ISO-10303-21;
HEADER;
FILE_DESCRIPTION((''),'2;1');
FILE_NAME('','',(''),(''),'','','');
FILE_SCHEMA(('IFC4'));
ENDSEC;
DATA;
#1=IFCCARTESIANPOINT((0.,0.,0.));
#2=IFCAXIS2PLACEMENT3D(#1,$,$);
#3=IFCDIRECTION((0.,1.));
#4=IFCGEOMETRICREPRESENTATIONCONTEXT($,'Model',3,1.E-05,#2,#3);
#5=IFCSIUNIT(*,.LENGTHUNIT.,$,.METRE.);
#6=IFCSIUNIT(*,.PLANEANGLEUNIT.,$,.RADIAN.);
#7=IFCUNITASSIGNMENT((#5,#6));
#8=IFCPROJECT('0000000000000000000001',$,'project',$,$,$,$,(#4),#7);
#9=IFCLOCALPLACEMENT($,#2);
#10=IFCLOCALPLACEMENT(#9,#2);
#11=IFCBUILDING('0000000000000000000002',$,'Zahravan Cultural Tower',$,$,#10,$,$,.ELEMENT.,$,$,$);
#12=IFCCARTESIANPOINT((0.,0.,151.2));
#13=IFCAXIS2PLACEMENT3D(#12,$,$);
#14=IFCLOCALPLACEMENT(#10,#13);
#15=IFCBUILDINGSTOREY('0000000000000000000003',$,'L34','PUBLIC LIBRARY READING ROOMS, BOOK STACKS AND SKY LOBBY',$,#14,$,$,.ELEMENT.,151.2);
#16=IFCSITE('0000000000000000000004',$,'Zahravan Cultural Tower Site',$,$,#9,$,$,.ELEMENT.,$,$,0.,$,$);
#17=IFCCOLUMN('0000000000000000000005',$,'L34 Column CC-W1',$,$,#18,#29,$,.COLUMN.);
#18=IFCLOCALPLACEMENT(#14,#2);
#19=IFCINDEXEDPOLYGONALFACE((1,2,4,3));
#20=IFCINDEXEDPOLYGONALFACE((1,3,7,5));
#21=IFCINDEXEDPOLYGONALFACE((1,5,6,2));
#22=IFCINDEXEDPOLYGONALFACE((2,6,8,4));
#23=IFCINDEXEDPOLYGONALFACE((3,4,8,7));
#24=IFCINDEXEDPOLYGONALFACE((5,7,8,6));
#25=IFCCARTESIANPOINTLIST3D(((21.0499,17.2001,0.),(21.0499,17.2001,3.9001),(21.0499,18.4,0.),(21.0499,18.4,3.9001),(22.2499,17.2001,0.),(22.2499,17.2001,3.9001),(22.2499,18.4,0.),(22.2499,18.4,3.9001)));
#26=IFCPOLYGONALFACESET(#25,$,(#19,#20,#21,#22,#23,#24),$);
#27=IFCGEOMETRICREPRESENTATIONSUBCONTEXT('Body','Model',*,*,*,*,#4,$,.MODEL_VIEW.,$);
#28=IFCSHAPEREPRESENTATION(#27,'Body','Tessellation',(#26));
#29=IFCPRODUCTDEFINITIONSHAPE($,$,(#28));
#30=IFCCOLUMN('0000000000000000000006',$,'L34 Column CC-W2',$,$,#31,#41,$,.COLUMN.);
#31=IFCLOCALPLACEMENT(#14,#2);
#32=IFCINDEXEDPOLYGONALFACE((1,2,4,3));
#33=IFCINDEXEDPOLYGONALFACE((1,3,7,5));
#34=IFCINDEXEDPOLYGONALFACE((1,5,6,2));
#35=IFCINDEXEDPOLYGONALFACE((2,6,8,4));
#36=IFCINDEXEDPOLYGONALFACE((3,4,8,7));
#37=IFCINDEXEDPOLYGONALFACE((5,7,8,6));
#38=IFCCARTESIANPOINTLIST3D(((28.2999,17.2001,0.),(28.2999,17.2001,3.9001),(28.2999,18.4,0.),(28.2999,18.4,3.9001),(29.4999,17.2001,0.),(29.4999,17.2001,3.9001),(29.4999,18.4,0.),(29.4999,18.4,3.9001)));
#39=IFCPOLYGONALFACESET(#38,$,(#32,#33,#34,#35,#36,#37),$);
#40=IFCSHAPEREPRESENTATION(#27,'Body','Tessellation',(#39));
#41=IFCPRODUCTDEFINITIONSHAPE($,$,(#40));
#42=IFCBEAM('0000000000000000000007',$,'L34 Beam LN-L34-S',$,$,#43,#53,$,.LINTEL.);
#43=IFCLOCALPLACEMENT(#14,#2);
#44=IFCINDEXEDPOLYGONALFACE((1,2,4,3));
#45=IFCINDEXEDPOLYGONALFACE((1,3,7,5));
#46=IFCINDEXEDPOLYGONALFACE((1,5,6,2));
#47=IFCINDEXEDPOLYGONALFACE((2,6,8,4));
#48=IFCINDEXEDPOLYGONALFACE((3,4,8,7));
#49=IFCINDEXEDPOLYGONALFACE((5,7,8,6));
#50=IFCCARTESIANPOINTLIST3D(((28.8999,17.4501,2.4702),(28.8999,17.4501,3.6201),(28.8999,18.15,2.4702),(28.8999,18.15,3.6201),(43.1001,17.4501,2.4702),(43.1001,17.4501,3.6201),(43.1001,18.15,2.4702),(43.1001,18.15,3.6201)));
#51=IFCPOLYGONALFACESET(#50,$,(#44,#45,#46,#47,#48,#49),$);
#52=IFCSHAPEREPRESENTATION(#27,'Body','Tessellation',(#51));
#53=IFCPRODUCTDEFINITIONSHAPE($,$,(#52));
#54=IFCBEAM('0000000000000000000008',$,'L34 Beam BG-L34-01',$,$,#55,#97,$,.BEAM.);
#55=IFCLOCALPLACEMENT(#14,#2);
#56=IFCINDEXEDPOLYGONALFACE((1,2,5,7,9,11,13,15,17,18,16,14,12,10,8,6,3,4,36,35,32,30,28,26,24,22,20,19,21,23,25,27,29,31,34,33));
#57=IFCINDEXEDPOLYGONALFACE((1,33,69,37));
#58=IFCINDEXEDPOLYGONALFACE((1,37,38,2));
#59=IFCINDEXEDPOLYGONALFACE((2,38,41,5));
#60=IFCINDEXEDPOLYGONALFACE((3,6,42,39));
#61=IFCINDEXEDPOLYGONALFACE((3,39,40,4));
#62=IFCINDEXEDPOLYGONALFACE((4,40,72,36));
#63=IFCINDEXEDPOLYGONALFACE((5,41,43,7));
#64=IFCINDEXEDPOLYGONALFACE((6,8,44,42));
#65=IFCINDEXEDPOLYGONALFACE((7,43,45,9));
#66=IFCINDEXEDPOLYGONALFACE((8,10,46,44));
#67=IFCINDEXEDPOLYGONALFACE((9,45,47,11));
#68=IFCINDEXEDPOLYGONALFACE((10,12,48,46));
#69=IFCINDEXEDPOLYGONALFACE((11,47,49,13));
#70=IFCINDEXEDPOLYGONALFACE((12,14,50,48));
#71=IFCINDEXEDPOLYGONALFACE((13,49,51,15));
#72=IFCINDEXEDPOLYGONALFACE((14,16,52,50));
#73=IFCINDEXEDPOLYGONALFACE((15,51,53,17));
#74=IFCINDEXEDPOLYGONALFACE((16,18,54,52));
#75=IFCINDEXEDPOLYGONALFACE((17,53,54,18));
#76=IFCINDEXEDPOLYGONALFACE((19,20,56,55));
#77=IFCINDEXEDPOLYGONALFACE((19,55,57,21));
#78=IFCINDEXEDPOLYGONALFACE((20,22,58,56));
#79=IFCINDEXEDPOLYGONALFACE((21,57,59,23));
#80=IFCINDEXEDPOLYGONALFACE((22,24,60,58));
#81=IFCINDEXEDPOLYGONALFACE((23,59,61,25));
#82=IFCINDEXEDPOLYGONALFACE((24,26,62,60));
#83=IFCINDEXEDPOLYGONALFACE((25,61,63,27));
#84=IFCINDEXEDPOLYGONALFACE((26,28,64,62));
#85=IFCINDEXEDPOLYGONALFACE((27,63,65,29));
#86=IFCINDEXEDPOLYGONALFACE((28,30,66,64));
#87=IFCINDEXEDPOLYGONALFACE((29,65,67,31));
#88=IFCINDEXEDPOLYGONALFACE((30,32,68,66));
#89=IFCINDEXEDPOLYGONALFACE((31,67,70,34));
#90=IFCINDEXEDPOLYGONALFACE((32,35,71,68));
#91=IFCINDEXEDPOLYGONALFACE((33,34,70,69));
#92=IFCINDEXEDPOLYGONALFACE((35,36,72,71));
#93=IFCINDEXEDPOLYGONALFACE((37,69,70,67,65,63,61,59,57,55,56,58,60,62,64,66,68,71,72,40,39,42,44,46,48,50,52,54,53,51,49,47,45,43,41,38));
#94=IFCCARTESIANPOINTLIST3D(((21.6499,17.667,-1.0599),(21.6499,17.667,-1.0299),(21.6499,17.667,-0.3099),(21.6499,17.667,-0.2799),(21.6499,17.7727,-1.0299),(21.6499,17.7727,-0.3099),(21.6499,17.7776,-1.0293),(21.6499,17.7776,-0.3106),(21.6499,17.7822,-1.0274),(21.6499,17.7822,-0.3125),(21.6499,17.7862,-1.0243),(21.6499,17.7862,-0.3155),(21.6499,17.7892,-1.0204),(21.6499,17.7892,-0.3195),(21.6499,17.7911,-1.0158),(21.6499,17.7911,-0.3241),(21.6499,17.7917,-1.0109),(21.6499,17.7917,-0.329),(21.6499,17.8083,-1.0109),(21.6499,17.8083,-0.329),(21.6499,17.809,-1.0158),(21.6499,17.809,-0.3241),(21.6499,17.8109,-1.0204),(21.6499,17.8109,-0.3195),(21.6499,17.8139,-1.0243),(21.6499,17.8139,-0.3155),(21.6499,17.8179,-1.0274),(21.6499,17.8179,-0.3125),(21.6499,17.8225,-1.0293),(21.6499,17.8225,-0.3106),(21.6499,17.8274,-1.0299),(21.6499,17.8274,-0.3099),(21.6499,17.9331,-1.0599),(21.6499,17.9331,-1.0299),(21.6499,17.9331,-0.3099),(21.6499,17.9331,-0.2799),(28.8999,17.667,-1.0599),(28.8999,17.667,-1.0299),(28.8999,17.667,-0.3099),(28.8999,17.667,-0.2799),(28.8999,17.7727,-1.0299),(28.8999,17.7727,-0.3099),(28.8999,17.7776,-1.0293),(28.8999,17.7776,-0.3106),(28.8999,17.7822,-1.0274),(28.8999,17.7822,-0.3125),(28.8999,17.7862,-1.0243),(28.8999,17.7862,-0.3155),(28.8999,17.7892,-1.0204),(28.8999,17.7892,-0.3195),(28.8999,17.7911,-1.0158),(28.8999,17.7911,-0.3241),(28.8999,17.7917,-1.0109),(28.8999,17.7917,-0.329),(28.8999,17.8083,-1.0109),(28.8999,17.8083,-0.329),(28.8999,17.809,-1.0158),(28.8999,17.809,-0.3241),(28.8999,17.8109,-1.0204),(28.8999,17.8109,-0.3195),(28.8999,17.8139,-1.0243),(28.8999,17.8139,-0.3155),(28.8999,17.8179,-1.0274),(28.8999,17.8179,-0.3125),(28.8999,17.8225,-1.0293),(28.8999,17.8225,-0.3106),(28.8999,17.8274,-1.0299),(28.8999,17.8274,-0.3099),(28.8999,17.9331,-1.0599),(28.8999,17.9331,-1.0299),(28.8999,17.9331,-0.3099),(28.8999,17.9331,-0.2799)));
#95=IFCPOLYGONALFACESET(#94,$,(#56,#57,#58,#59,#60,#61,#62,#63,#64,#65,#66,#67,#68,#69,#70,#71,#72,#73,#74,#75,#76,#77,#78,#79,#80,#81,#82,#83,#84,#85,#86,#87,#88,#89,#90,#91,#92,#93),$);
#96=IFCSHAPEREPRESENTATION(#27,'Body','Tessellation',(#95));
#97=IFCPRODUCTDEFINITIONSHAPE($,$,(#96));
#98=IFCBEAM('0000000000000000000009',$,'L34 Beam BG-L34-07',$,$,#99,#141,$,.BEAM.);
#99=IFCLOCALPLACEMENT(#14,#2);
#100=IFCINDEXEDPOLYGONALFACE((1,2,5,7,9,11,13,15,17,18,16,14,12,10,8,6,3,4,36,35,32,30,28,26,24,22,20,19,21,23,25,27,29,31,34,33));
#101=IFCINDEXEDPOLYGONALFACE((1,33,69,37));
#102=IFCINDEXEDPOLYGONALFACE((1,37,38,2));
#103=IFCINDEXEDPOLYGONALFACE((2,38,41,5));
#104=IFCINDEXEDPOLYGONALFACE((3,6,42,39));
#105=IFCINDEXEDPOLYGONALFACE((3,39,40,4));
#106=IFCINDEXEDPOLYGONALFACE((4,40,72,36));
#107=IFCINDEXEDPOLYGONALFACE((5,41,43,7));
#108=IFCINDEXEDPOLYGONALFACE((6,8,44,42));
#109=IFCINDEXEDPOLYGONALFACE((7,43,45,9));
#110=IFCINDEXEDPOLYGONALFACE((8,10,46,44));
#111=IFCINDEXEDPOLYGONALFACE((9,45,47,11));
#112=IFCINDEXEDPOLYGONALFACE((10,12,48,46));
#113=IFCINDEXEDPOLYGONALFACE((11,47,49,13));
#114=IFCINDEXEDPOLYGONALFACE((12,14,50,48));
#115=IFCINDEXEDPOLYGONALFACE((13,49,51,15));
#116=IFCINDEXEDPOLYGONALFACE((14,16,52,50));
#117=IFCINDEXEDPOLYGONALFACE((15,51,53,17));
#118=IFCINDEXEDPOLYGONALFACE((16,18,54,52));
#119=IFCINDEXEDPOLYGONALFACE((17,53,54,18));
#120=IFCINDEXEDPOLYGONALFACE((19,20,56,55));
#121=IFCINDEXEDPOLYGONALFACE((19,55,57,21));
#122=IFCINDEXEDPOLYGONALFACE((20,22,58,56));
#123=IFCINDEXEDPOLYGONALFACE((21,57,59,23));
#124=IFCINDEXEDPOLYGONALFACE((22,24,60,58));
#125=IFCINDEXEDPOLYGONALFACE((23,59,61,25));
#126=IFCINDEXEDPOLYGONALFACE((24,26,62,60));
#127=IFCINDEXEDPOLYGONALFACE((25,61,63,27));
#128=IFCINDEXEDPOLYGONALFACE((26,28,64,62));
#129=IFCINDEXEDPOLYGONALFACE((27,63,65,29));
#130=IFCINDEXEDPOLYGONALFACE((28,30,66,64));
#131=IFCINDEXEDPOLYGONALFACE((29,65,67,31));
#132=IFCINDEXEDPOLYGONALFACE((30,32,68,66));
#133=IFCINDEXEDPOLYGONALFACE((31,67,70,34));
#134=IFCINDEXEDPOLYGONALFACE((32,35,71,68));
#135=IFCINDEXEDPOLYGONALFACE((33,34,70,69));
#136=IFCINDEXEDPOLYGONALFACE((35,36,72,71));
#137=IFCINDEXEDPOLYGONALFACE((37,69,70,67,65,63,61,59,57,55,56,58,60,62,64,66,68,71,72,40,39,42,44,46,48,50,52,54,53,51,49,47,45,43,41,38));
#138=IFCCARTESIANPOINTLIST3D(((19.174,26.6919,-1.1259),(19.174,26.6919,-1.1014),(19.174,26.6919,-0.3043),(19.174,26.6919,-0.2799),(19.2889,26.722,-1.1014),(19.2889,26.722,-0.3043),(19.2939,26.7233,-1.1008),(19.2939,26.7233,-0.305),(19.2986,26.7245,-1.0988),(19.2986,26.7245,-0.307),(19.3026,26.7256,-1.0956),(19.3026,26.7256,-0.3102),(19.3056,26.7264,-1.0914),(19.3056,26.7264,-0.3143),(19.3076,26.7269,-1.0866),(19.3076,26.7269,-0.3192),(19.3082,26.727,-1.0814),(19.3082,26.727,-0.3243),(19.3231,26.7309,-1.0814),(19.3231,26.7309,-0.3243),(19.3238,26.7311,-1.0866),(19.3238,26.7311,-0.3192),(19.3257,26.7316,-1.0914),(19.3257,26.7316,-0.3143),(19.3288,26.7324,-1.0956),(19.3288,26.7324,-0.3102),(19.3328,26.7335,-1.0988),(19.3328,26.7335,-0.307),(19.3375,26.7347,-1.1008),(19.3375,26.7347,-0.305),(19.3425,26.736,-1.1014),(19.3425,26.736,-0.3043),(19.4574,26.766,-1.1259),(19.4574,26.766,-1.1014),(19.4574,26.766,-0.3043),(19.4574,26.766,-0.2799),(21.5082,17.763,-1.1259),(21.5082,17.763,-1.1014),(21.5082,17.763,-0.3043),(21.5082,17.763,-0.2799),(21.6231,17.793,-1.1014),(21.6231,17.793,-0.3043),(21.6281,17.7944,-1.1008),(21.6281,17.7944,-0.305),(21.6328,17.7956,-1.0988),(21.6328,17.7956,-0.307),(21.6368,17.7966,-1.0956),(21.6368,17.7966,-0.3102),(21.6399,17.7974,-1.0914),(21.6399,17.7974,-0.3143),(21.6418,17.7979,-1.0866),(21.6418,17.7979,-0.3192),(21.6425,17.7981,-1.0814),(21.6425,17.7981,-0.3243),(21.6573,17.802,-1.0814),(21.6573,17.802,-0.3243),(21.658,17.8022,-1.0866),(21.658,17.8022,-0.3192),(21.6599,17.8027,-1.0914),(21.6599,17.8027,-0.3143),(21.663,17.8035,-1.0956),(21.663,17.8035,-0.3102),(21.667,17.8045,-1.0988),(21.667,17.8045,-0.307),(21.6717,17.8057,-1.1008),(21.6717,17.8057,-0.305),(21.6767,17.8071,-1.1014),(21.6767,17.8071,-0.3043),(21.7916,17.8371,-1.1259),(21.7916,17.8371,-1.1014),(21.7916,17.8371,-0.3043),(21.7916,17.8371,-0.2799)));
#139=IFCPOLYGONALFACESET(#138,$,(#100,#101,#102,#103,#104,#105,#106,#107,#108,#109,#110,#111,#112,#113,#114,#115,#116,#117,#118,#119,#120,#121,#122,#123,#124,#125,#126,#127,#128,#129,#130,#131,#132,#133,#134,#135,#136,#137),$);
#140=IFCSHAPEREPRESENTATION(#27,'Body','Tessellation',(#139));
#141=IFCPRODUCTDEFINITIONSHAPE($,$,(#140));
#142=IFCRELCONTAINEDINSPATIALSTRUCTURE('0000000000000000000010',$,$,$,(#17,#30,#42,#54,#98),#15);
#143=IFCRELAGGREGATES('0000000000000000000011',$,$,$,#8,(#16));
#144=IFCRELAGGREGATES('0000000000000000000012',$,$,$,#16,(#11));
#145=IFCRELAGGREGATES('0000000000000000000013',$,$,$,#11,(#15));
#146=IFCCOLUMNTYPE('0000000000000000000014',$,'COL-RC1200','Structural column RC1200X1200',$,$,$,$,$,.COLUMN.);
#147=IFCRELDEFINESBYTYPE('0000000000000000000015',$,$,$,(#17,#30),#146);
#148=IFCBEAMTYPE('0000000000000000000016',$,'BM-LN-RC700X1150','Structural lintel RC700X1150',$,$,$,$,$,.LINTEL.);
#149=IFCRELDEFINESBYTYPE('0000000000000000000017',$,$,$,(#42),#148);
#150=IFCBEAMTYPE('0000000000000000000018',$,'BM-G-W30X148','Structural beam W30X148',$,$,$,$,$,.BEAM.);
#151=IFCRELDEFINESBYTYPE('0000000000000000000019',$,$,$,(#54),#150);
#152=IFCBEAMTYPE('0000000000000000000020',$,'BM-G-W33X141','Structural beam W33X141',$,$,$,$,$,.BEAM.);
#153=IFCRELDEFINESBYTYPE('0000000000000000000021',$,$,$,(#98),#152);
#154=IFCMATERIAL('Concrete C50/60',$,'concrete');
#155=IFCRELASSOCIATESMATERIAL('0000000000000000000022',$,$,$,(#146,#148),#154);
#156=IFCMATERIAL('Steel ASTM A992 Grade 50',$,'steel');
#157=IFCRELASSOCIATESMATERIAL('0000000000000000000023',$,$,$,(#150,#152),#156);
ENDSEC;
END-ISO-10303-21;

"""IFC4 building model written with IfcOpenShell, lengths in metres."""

from ifc_helpers import new_model, si_unit, direction, frame, origin, origin_2d, place, context, subcontext, project, spatial, rectangle, i_section, extrude, source, transform, mapped, material, material_profile, profile_set, type_object, element, save


model = new_model("IFC4")

# Units and contexts
model_context = context("Model", 3, precision=1e-05, world=origin(), true_north=direction((0.0, 1.0)))
body_context = subcontext(model_context, "Body", "Model", "MODEL_VIEW")
ifc_project = project(units=[si_unit("LENGTHUNIT", "METRE"), si_unit("PLANEANGLEUNIT", "RADIAN")], contexts=[model_context])

# Site, building, storey
site_placement = place(None, origin())
site = spatial("IfcSite", under=ifc_project, at=site_placement, Name="Zahravan Cultural Tower Site", CompositionType="ELEMENT", RefElevation=0.0)
building_placement = place(site_placement, origin())
building = spatial("IfcBuilding", under=site, at=building_placement, Name="Zahravan Cultural Tower", CompositionType="ELEMENT")
storey_placement = place(building_placement, frame((0.0, 0.0, 151.2)))
storey = spatial("IfcBuildingStorey", under=building, at=storey_placement, Name="L34", Description="PUBLIC LIBRARY READING ROOMS, BOOK STACKS AND SKY LOBBY", CompositionType="ELEMENT", Elevation=151.2)

# Columns
ifc_material_1 = material(Name="Concrete C50/60", Category="concrete")
ifc_material_profile_1 = material_profile(ifc_material_1, rectangle(XDim=1.2, YDim=1.2, at=origin_2d()), Name="RC1200X1200")
ifc_profile_set_1 = profile_set([ifc_material_profile_1], Name="Concrete C50/60")
column_type = type_object("IfcColumnType", Name="COL-RC1200", Description="Structural column RC1200X1200", PredefinedType="COLUMN", material=ifc_profile_set_1)
shared_shape_1 = source(origin(), body_context, "Body", "SweptSolid", [
    extrude(rectangle(XDim=1.2, YDim=1.2, at=origin_2d()), origin(), (0.0, 0.0, 1.0), 3.9001),
])
for number, where, z_axis, x_axis, name in (
    (1, (21.6499, 17.8, 0.0), (0.0, 0.0, 1.0), (1.0, 0.0, 0.0), "L34 Column CC-W1"),
    (2, (28.8999, 17.8, 0.0), (0.0, 0.0, 1.0), (1.0, 0.0, 0.0), "L34 Column CC-W2"),
):
    element("IfcColumn", number, at=place(storey_placement, frame(where, z_axis=z_axis, x_axis=x_axis)), inside=storey, type_object=column_type, Name=name, PredefinedType="COLUMN", context=body_context, shape_type="MappedRepresentation", body=[
        mapped(shared_shape_1, transform((0.0, 0.0, 0.0), x_axis=(1.0, 0.0, 0.0), y_axis=(0.0, 1.0, 0.0), z_axis=(0.0, 0.0, 1.0), scale=1.0)),
    ])

# Beams
ifc_material_profile_2 = material_profile(ifc_material_1, rectangle(XDim=0.7, YDim=1.1499, at=origin_2d()), Name="RC700X1150")
ifc_profile_set_2 = profile_set([ifc_material_profile_2], Name="Concrete C50/60")
beam_type_1 = type_object("IfcBeamType", Name="BM-LN-RC700X1150", Description="Structural lintel RC700X1150", PredefinedType="LINTEL", material=ifc_profile_set_2)
shared_shape_2 = source(origin(), body_context, "Body", "SweptSolid", [
    extrude(rectangle(XDim=0.7, YDim=1.1499, at=origin_2d()), origin(), (0.0, 0.0, 1.0), 14.2002),
])
beam_1_placement = place(storey_placement, frame((28.8999, 17.8, 3.0452), z_axis=(1.0, 0.0, 0.0), x_axis=(0.0, 1.0, 0.0)))
element("IfcBeam", 3, at=beam_1_placement, inside=storey, type_object=beam_type_1, Name="L34 Beam LN-L34-S", PredefinedType="LINTEL", context=body_context, shape_type="MappedRepresentation", body=[
    mapped(shared_shape_2, transform((0.0, 0.0, 0.0), x_axis=(1.0, 0.0, 0.0), y_axis=(0.0, 1.0, 0.0), z_axis=(0.0, 0.0, 1.0), scale=1.0)),
])
ifc_material_2 = material(Name="Steel ASTM A992 Grade 50", Category="steel")
ifc_material_profile_3 = material_profile(ifc_material_2, i_section(OverallWidth=0.2661, OverallDepth=0.78, WebThickness=0.0166, FlangeThickness=0.03, FilletRadius=0.019, at=origin_2d()), Name="W30X148")
ifc_profile_set_3 = profile_set([ifc_material_profile_3], Name="Steel ASTM A992 Grade 50")
beam_type_2 = type_object("IfcBeamType", Name="BM-G-W30X148", Description="Structural beam W30X148", PredefinedType="BEAM", material=ifc_profile_set_3)
shared_shape_3 = source(origin(), body_context, "Body", "SweptSolid", [
    extrude(i_section(OverallWidth=0.2661, OverallDepth=0.78, WebThickness=0.0166, FlangeThickness=0.03, FilletRadius=0.019, at=origin_2d()), origin(), (0.0, 0.0, 1.0), 7.25),
])
beam_2_placement = place(storey_placement, frame((21.6499, 17.8, -0.6699), z_axis=(1.0, 0.0, 0.0), x_axis=(0.0, 1.0, 0.0)))
element("IfcBeam", 4, at=beam_2_placement, inside=storey, type_object=beam_type_2, Name="L34 Beam BG-L34-01", PredefinedType="BEAM", context=body_context, shape_type="MappedRepresentation", body=[
    mapped(shared_shape_3, transform((0.0, 0.0, 0.0), x_axis=(1.0, 0.0, 0.0), y_axis=(0.0, 1.0, 0.0), z_axis=(0.0, 0.0, 1.0), scale=1.0)),
])
ifc_material_profile_4 = material_profile(ifc_material_2, i_section(OverallWidth=0.293, OverallDepth=0.8459, WebThickness=0.0154, FlangeThickness=0.0244, FilletRadius=0.02, at=origin_2d()), Name="W33X141")
ifc_profile_set_4 = profile_set([ifc_material_profile_4], Name="Steel ASTM A992 Grade 50")
beam_type_3 = type_object("IfcBeamType", Name="BM-G-W33X141", Description="Structural beam W33X141", PredefinedType="BEAM", material=ifc_profile_set_4)
shared_shape_4 = source(origin(), body_context, "Body", "SweptSolid", [
    extrude(i_section(OverallWidth=0.293, OverallDepth=0.8459, WebThickness=0.0154, FlangeThickness=0.0244, FilletRadius=0.02, at=origin_2d()), origin(), (0.0, 0.0, 1.0), 9.229),
])
beam_3_placement = place(storey_placement, frame((21.6499, 17.8, -0.7029), z_axis=(-0.252923, 0.967487, 0.0), x_axis=(-0.967487, -0.252923, 0.0)))
element("IfcBeam", 5, at=beam_3_placement, inside=storey, type_object=beam_type_3, Name="L34 Beam BG-L34-07", PredefinedType="BEAM", context=body_context, shape_type="MappedRepresentation", body=[
    mapped(shared_shape_4, transform((0.0, 0.0, 0.0), x_axis=(1.0, 0.0, 0.0), y_axis=(0.0, 1.0, 0.0), z_axis=(0.0, 0.0, 1.0), scale=1.0)),
])

save(model, "model.ifc")
